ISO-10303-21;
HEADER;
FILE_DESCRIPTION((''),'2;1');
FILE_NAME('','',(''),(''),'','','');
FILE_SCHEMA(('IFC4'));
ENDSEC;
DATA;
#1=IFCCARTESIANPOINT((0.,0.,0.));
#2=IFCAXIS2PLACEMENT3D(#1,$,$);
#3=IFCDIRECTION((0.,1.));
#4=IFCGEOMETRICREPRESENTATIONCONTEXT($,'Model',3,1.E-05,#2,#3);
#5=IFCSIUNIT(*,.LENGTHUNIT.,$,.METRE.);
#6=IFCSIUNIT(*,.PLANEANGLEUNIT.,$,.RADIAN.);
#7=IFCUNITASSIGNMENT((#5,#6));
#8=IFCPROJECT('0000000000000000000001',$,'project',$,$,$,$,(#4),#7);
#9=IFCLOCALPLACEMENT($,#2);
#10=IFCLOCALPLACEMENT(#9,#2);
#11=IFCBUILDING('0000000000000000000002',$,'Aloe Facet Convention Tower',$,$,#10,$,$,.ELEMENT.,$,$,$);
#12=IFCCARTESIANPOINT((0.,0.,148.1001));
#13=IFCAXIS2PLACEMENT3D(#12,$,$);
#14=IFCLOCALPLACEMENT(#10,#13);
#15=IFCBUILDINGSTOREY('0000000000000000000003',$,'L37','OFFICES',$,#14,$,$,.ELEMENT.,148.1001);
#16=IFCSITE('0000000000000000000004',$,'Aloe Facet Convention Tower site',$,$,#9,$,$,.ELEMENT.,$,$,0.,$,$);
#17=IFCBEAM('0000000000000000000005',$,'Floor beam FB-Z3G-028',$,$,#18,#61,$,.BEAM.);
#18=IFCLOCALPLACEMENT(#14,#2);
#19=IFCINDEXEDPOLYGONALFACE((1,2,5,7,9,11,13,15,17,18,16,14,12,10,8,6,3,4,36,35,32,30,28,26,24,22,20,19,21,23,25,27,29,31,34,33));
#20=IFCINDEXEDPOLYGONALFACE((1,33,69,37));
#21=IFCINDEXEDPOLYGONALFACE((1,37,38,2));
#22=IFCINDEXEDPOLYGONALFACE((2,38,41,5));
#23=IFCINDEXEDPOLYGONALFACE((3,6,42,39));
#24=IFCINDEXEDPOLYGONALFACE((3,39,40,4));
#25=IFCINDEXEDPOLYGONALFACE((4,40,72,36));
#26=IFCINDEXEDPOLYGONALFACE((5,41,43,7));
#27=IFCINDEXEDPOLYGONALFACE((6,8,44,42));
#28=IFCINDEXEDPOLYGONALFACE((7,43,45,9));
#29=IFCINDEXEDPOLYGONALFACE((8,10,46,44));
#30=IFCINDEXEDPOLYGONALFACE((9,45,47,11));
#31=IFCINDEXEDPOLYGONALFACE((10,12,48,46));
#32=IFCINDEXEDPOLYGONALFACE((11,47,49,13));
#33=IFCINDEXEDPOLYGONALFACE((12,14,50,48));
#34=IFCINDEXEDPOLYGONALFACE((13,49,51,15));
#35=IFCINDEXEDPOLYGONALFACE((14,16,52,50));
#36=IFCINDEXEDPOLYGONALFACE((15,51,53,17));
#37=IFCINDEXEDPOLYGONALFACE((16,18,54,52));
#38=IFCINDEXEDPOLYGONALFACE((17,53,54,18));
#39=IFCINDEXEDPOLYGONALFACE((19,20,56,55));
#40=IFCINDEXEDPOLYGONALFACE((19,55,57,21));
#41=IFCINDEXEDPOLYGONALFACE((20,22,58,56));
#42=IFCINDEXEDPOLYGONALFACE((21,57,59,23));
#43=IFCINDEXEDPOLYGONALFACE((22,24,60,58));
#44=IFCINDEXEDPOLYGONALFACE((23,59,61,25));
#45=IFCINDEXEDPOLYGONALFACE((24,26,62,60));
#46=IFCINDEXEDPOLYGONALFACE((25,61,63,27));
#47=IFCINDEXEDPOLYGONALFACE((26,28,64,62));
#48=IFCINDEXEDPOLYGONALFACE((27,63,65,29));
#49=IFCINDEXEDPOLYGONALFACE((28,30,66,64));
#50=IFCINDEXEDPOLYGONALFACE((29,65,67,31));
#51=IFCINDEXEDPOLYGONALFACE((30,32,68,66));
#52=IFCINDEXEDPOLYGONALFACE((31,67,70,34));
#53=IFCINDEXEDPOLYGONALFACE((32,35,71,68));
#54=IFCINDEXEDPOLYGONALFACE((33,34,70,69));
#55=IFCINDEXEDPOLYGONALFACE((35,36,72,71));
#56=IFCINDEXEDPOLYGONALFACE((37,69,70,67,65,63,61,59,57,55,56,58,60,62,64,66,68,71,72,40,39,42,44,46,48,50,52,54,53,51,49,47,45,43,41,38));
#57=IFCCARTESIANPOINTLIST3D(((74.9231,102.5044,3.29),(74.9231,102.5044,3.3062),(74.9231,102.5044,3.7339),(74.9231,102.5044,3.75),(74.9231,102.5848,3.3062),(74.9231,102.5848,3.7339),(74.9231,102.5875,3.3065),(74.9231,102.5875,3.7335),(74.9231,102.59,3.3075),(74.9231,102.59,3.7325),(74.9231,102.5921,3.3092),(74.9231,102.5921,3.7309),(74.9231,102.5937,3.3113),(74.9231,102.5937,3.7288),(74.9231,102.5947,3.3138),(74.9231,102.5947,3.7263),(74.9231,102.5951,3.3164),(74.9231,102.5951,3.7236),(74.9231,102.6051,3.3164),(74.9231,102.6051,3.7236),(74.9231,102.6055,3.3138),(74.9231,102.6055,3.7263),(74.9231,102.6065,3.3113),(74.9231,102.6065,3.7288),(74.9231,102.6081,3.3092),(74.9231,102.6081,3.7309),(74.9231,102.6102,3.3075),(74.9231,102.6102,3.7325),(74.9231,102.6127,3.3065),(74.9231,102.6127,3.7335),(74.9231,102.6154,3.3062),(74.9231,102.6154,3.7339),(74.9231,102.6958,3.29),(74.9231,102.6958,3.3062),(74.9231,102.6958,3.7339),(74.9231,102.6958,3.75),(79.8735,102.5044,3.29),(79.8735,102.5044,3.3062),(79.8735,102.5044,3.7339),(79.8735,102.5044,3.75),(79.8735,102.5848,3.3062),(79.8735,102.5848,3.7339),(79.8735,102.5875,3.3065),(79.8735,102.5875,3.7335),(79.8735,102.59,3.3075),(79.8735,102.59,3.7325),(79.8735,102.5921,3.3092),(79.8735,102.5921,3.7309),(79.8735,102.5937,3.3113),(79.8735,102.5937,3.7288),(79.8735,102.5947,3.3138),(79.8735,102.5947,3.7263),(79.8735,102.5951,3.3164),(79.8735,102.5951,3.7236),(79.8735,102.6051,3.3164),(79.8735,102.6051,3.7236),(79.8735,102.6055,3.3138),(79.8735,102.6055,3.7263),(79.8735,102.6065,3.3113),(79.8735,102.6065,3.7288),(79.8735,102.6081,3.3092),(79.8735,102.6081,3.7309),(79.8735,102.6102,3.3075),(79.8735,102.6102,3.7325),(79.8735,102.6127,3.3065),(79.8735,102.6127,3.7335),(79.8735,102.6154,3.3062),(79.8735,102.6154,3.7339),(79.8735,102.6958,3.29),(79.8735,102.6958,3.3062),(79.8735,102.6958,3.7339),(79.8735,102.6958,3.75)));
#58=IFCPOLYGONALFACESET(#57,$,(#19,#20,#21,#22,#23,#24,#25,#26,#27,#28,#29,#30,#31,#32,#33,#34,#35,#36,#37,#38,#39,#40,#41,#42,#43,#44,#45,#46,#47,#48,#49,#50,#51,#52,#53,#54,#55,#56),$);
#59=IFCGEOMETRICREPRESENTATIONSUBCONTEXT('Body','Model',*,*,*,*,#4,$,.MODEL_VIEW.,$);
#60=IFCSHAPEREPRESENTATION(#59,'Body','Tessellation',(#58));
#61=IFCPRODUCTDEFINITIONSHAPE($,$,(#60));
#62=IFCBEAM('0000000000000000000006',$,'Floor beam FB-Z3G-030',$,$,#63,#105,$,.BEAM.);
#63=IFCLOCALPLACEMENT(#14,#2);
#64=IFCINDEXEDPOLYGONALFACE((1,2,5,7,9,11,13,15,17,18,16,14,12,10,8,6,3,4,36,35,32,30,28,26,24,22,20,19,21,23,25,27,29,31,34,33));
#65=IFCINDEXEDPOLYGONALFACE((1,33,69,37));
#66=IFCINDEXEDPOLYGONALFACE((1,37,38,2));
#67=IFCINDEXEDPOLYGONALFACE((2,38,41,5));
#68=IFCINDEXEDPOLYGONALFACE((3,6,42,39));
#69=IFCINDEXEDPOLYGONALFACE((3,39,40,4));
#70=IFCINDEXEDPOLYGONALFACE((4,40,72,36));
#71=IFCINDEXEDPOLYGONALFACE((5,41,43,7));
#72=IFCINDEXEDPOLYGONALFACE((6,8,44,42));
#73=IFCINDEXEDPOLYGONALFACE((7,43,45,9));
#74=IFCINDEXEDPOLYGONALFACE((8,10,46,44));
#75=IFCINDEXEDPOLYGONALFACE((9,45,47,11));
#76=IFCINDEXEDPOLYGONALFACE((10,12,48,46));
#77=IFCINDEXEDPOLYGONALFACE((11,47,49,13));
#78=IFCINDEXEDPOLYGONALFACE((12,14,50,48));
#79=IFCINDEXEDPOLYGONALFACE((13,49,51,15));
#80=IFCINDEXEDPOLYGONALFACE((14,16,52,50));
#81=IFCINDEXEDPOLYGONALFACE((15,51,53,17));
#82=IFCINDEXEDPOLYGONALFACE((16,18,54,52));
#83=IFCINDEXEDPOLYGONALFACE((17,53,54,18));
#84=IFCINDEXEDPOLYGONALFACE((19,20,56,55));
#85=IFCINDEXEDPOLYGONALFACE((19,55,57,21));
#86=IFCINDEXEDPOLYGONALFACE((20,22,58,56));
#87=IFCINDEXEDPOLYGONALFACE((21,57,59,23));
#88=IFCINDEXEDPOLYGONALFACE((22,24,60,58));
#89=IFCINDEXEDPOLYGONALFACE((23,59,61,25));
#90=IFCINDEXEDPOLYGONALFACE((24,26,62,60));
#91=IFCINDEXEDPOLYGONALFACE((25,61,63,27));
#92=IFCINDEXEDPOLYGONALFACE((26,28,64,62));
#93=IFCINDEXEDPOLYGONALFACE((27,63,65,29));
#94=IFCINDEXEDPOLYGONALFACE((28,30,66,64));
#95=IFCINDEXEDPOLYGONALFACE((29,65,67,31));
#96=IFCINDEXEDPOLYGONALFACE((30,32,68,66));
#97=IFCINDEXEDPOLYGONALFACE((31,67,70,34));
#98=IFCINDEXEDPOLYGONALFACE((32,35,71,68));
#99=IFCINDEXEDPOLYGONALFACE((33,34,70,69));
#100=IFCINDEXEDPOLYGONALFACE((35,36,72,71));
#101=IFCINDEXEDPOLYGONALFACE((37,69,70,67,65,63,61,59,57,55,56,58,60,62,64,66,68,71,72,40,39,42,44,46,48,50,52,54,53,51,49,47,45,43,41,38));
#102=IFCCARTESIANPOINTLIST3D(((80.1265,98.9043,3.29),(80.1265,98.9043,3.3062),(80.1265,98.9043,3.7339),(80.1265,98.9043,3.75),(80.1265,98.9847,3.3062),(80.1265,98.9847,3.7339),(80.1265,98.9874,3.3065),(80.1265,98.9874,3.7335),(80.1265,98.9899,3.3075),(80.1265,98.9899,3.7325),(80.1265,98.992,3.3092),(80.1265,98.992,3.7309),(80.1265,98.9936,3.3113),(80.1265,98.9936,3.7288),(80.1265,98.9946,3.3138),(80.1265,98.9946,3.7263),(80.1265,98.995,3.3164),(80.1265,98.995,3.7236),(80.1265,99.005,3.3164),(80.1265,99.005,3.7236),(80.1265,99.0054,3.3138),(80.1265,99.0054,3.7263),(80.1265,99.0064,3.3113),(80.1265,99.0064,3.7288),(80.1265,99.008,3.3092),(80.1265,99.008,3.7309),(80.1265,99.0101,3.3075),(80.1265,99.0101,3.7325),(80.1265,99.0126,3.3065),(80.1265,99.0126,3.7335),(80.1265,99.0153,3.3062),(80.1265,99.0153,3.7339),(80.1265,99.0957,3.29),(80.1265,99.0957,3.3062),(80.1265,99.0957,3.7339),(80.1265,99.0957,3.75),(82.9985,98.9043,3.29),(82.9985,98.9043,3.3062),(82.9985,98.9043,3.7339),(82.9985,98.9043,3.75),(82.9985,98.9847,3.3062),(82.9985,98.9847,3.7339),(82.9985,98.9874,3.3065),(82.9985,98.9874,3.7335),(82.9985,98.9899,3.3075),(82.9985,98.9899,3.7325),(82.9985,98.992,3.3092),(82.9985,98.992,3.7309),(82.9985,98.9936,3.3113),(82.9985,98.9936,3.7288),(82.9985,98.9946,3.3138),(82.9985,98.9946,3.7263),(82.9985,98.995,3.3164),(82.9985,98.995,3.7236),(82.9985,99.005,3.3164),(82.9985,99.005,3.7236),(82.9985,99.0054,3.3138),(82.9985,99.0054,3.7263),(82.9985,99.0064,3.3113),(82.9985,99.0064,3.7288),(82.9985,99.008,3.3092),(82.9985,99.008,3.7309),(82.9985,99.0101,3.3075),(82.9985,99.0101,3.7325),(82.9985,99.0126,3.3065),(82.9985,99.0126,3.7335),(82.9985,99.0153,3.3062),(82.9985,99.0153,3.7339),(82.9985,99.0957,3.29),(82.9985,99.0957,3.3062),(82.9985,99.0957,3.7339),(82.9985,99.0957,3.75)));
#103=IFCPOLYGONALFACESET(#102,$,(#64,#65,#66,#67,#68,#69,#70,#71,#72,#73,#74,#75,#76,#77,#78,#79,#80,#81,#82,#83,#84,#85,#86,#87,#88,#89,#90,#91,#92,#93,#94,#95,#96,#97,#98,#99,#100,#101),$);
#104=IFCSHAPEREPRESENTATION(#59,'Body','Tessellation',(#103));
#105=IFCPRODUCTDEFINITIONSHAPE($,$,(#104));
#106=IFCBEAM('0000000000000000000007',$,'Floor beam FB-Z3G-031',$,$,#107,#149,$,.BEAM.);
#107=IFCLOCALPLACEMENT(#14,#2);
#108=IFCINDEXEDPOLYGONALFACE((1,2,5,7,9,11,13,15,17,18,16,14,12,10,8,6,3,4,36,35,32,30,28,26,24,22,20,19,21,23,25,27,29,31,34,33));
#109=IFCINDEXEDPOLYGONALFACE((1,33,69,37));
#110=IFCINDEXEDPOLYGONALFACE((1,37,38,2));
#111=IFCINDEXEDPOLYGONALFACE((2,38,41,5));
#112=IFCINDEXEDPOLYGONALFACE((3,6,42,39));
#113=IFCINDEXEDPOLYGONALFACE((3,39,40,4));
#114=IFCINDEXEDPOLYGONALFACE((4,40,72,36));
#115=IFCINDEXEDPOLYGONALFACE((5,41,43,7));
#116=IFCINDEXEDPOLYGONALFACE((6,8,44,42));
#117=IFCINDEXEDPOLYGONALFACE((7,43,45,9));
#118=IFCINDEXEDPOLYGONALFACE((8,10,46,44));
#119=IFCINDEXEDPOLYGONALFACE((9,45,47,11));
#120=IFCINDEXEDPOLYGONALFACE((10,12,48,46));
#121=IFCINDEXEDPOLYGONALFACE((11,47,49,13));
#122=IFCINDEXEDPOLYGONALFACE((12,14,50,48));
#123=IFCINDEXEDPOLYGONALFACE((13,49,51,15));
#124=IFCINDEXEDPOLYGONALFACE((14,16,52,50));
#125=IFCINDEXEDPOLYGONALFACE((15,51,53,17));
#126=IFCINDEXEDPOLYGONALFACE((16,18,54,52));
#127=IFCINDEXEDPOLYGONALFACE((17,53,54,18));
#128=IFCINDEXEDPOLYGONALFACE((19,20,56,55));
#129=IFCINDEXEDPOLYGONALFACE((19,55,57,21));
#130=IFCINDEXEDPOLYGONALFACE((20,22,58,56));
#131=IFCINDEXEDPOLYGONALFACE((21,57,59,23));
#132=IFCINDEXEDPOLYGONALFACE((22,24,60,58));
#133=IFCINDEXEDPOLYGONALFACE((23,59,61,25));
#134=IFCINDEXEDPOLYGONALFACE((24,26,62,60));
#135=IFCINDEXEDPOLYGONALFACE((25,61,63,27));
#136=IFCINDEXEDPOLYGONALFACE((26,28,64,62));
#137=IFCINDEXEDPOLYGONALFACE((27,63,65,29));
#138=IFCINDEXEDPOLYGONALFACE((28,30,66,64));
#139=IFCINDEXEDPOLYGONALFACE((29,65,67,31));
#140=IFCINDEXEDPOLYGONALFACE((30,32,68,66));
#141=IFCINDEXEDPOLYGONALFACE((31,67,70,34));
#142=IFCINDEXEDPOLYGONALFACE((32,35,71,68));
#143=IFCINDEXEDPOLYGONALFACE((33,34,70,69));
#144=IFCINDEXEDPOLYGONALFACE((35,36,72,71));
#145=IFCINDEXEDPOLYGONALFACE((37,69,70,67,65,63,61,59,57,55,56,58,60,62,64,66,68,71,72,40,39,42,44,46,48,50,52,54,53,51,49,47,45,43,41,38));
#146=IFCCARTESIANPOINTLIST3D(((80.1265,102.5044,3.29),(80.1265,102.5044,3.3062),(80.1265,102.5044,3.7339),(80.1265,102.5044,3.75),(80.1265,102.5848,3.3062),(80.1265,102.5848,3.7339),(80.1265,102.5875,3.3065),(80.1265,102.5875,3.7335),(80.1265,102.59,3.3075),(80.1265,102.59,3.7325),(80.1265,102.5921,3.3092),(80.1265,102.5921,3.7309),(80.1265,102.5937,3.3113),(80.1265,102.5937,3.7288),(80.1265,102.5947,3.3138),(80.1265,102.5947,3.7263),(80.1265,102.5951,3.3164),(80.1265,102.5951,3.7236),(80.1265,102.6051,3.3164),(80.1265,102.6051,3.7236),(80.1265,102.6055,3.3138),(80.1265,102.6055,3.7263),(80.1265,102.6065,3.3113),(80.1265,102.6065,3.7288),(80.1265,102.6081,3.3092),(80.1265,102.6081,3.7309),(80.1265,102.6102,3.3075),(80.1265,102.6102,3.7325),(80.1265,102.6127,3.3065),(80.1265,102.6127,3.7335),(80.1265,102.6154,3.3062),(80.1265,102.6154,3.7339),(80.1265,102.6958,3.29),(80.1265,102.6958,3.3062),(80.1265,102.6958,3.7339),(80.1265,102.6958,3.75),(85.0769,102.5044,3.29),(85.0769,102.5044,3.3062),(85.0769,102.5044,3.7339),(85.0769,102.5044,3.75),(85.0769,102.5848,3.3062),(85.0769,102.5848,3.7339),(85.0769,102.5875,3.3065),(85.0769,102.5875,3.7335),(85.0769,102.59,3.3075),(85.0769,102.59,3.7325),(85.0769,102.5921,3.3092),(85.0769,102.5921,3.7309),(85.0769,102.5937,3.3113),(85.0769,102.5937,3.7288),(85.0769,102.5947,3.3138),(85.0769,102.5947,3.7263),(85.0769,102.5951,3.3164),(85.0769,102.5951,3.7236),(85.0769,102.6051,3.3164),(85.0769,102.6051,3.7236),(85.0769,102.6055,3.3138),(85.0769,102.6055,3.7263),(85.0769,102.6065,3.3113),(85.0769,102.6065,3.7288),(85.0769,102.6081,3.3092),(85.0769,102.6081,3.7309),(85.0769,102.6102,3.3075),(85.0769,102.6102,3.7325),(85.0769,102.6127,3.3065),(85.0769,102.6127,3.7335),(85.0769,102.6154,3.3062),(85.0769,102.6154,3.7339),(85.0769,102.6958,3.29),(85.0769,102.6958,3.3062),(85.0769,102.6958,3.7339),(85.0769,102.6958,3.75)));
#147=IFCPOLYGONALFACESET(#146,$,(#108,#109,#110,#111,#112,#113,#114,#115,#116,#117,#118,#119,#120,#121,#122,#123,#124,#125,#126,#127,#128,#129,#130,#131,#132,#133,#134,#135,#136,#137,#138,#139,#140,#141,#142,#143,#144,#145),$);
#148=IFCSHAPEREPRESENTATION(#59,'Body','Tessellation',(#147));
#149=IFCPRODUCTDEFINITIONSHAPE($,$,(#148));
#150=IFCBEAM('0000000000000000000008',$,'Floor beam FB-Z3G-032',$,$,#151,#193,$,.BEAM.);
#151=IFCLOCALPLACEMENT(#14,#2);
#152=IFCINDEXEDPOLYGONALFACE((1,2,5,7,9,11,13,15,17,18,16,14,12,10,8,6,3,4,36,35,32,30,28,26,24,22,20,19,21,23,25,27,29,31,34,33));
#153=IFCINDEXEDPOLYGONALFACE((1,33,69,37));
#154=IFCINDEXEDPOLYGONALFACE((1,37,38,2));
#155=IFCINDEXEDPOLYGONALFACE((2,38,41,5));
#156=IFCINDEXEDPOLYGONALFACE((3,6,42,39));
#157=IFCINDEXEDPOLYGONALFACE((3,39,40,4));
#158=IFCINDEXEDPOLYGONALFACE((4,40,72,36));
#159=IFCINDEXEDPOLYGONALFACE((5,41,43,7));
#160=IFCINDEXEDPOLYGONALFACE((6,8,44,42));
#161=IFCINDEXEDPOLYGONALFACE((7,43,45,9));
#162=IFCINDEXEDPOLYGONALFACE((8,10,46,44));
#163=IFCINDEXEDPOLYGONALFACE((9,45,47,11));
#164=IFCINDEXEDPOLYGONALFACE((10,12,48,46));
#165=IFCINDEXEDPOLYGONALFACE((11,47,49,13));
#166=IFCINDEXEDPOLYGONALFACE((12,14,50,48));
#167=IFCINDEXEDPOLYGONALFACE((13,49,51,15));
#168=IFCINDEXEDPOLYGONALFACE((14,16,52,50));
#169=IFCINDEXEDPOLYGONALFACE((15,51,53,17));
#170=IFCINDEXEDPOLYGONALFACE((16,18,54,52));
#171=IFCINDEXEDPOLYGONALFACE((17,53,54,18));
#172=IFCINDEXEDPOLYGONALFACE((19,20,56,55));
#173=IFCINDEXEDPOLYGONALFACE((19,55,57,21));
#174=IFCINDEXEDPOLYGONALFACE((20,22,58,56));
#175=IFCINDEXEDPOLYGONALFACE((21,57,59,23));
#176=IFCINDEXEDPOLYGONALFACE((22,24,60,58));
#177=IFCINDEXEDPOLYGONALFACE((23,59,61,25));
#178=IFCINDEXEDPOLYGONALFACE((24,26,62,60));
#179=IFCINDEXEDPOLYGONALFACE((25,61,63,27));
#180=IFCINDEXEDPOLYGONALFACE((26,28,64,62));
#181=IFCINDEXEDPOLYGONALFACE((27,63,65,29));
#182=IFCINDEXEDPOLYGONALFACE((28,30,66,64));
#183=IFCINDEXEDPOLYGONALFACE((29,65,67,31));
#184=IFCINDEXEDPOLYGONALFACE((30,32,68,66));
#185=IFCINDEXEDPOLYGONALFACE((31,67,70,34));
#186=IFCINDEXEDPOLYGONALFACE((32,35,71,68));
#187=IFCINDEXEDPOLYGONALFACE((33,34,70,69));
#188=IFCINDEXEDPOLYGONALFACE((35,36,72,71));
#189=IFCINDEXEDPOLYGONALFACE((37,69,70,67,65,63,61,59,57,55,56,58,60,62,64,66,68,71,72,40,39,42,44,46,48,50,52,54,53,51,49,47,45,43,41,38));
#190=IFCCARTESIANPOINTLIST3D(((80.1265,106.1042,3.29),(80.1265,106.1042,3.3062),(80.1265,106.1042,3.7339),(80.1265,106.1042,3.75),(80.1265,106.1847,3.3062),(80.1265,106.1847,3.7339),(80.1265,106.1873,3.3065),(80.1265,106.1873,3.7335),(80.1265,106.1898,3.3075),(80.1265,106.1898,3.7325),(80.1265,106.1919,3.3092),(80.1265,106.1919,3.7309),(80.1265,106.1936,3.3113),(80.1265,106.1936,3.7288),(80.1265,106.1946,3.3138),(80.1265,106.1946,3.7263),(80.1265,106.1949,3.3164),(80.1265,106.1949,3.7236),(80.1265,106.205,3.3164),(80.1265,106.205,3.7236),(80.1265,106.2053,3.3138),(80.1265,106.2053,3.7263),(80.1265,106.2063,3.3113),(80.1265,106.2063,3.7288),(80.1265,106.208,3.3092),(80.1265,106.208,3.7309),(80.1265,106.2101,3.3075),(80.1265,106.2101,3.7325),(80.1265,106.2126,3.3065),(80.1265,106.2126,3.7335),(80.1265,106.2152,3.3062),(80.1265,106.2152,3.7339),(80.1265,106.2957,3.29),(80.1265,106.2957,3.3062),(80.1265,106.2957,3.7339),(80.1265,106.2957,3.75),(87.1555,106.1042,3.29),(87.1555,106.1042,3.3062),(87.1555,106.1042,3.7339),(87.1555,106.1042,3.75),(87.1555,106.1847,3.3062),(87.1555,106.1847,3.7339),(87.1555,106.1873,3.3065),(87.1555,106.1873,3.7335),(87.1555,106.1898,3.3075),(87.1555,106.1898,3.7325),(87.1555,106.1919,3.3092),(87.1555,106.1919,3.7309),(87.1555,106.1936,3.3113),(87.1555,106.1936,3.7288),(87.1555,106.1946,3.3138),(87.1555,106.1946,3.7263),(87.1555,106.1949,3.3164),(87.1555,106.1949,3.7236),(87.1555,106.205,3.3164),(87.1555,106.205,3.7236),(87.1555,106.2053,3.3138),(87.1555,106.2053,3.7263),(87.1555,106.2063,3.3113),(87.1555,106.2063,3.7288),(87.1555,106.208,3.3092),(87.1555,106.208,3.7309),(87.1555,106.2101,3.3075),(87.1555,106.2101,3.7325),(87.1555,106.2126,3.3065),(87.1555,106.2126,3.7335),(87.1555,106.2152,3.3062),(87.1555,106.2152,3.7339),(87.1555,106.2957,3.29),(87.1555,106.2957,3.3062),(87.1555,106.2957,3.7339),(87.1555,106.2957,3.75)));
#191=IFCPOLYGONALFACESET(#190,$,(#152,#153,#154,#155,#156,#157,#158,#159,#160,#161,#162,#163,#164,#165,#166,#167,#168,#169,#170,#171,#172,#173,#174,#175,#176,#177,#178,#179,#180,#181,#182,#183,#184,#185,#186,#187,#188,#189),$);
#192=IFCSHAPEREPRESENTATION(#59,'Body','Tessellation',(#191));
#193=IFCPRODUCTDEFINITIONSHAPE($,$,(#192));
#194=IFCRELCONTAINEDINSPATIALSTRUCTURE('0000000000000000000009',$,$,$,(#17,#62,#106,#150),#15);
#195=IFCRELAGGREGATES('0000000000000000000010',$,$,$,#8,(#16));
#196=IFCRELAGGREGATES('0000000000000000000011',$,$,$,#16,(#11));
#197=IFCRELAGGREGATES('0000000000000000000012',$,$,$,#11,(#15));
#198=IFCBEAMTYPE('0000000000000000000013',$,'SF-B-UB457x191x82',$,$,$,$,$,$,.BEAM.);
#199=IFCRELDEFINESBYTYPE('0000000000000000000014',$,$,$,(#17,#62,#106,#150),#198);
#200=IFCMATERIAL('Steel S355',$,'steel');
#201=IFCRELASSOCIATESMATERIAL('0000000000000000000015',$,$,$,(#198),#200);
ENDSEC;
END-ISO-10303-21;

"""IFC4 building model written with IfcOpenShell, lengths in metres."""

from ifc_helpers import new_model, si_unit, direction, frame, origin, origin_2d, place, context, subcontext, project, spatial, i_section, extrude, material, material_profile, profile_set, type_object, element, save


model = new_model("IFC4")

# Units and contexts
model_context = context("Model", 3, precision=1e-05, world=origin(), true_north=direction((0.0, 1.0)))
body_context = subcontext(model_context, "Body", "Model", "MODEL_VIEW")
ifc_project = project(units=[si_unit("LENGTHUNIT", "METRE"), si_unit("PLANEANGLEUNIT", "RADIAN")], contexts=[model_context])

# Site, building, storey
site_placement = place(None, origin())
site = spatial("IfcSite", under=ifc_project, at=site_placement, Name="Aloe Facet Convention Tower site", CompositionType="ELEMENT", RefElevation=0.0)
building_placement = place(site_placement, origin())
building = spatial("IfcBuilding", under=site, at=building_placement, Name="Aloe Facet Convention Tower", CompositionType="ELEMENT")
storey_placement = place(building_placement, frame((0.0, 0.0, 148.1001)))
storey = spatial("IfcBuildingStorey", under=building, at=storey_placement, Name="L37", Description="OFFICES", CompositionType="ELEMENT", Elevation=148.1001)

# Beams
ifc_material_1 = material(Name="Steel S355", Category="steel")
ifc_material_profile_1 = material_profile(ifc_material_1, i_section(OverallWidth=0.1914, OverallDepth=0.46, WebThickness=0.01, FlangeThickness=0.0161, FilletRadius=0.0103, at=origin_2d()), Name="UB 457x191x82")
ifc_profile_set_1 = profile_set([ifc_material_profile_1], Name="Steel S355")
beam_type_1 = type_object("IfcBeamType", Name="SF-B-UB457x191x82", PredefinedType="BEAM", material=ifc_profile_set_1)
beam_1_placement = place(storey_placement, frame((74.9231, 102.6001, 3.52), z_axis=(1.0, 0.0, 0.0), x_axis=(0.0, 1.0, 0.0)))
element("IfcBeam", 1, at=beam_1_placement, inside=storey, type_object=beam_type_1, Name="Floor beam FB-Z3G-028", PredefinedType="BEAM", context=body_context, shape_type="SweptSolid", body=[
    extrude(i_section(OverallWidth=0.1914, OverallDepth=0.46, WebThickness=0.01, FlangeThickness=0.0161, FilletRadius=0.0103, at=origin_2d()), origin(), (0.0, 0.0, 1.0), 4.9504),
])
beam_2_placement = place(storey_placement, frame((80.1265, 99.0, 3.52), z_axis=(1.0, 0.0, 0.0), x_axis=(0.0, 1.0, 0.0)))
element("IfcBeam", 2, at=beam_2_placement, inside=storey, type_object=beam_type_1, Name="Floor beam FB-Z3G-030", PredefinedType="BEAM", context=body_context, shape_type="SweptSolid", body=[
    extrude(i_section(OverallWidth=0.1914, OverallDepth=0.46, WebThickness=0.01, FlangeThickness=0.0161, FilletRadius=0.0103, at=origin_2d()), origin(), (0.0, 0.0, 1.0), 2.8721),
])
beam_3_placement = place(storey_placement, frame((80.1265, 102.6001, 3.52), z_axis=(1.0, 0.0, 0.0), x_axis=(0.0, 1.0, 0.0)))
element("IfcBeam", 3, at=beam_3_placement, inside=storey, type_object=beam_type_1, Name="Floor beam FB-Z3G-031", PredefinedType="BEAM", context=body_context, shape_type="SweptSolid", body=[
    extrude(i_section(OverallWidth=0.1914, OverallDepth=0.46, WebThickness=0.01, FlangeThickness=0.0161, FilletRadius=0.0103, at=origin_2d()), origin(), (0.0, 0.0, 1.0), 4.9504),
])
beam_4_placement = place(storey_placement, frame((80.1265, 106.2, 3.52), z_axis=(1.0, 0.0, 0.0), x_axis=(0.0, 1.0, 0.0)))
element("IfcBeam", 4, at=beam_4_placement, inside=storey, type_object=beam_type_1, Name="Floor beam FB-Z3G-032", PredefinedType="BEAM", context=body_context, shape_type="SweptSolid", body=[
    extrude(i_section(OverallWidth=0.1914, OverallDepth=0.46, WebThickness=0.01, FlangeThickness=0.0161, FilletRadius=0.0103, at=origin_2d()), origin(), (0.0, 0.0, 1.0), 7.0291),
])

save(model, "model.ifc")
